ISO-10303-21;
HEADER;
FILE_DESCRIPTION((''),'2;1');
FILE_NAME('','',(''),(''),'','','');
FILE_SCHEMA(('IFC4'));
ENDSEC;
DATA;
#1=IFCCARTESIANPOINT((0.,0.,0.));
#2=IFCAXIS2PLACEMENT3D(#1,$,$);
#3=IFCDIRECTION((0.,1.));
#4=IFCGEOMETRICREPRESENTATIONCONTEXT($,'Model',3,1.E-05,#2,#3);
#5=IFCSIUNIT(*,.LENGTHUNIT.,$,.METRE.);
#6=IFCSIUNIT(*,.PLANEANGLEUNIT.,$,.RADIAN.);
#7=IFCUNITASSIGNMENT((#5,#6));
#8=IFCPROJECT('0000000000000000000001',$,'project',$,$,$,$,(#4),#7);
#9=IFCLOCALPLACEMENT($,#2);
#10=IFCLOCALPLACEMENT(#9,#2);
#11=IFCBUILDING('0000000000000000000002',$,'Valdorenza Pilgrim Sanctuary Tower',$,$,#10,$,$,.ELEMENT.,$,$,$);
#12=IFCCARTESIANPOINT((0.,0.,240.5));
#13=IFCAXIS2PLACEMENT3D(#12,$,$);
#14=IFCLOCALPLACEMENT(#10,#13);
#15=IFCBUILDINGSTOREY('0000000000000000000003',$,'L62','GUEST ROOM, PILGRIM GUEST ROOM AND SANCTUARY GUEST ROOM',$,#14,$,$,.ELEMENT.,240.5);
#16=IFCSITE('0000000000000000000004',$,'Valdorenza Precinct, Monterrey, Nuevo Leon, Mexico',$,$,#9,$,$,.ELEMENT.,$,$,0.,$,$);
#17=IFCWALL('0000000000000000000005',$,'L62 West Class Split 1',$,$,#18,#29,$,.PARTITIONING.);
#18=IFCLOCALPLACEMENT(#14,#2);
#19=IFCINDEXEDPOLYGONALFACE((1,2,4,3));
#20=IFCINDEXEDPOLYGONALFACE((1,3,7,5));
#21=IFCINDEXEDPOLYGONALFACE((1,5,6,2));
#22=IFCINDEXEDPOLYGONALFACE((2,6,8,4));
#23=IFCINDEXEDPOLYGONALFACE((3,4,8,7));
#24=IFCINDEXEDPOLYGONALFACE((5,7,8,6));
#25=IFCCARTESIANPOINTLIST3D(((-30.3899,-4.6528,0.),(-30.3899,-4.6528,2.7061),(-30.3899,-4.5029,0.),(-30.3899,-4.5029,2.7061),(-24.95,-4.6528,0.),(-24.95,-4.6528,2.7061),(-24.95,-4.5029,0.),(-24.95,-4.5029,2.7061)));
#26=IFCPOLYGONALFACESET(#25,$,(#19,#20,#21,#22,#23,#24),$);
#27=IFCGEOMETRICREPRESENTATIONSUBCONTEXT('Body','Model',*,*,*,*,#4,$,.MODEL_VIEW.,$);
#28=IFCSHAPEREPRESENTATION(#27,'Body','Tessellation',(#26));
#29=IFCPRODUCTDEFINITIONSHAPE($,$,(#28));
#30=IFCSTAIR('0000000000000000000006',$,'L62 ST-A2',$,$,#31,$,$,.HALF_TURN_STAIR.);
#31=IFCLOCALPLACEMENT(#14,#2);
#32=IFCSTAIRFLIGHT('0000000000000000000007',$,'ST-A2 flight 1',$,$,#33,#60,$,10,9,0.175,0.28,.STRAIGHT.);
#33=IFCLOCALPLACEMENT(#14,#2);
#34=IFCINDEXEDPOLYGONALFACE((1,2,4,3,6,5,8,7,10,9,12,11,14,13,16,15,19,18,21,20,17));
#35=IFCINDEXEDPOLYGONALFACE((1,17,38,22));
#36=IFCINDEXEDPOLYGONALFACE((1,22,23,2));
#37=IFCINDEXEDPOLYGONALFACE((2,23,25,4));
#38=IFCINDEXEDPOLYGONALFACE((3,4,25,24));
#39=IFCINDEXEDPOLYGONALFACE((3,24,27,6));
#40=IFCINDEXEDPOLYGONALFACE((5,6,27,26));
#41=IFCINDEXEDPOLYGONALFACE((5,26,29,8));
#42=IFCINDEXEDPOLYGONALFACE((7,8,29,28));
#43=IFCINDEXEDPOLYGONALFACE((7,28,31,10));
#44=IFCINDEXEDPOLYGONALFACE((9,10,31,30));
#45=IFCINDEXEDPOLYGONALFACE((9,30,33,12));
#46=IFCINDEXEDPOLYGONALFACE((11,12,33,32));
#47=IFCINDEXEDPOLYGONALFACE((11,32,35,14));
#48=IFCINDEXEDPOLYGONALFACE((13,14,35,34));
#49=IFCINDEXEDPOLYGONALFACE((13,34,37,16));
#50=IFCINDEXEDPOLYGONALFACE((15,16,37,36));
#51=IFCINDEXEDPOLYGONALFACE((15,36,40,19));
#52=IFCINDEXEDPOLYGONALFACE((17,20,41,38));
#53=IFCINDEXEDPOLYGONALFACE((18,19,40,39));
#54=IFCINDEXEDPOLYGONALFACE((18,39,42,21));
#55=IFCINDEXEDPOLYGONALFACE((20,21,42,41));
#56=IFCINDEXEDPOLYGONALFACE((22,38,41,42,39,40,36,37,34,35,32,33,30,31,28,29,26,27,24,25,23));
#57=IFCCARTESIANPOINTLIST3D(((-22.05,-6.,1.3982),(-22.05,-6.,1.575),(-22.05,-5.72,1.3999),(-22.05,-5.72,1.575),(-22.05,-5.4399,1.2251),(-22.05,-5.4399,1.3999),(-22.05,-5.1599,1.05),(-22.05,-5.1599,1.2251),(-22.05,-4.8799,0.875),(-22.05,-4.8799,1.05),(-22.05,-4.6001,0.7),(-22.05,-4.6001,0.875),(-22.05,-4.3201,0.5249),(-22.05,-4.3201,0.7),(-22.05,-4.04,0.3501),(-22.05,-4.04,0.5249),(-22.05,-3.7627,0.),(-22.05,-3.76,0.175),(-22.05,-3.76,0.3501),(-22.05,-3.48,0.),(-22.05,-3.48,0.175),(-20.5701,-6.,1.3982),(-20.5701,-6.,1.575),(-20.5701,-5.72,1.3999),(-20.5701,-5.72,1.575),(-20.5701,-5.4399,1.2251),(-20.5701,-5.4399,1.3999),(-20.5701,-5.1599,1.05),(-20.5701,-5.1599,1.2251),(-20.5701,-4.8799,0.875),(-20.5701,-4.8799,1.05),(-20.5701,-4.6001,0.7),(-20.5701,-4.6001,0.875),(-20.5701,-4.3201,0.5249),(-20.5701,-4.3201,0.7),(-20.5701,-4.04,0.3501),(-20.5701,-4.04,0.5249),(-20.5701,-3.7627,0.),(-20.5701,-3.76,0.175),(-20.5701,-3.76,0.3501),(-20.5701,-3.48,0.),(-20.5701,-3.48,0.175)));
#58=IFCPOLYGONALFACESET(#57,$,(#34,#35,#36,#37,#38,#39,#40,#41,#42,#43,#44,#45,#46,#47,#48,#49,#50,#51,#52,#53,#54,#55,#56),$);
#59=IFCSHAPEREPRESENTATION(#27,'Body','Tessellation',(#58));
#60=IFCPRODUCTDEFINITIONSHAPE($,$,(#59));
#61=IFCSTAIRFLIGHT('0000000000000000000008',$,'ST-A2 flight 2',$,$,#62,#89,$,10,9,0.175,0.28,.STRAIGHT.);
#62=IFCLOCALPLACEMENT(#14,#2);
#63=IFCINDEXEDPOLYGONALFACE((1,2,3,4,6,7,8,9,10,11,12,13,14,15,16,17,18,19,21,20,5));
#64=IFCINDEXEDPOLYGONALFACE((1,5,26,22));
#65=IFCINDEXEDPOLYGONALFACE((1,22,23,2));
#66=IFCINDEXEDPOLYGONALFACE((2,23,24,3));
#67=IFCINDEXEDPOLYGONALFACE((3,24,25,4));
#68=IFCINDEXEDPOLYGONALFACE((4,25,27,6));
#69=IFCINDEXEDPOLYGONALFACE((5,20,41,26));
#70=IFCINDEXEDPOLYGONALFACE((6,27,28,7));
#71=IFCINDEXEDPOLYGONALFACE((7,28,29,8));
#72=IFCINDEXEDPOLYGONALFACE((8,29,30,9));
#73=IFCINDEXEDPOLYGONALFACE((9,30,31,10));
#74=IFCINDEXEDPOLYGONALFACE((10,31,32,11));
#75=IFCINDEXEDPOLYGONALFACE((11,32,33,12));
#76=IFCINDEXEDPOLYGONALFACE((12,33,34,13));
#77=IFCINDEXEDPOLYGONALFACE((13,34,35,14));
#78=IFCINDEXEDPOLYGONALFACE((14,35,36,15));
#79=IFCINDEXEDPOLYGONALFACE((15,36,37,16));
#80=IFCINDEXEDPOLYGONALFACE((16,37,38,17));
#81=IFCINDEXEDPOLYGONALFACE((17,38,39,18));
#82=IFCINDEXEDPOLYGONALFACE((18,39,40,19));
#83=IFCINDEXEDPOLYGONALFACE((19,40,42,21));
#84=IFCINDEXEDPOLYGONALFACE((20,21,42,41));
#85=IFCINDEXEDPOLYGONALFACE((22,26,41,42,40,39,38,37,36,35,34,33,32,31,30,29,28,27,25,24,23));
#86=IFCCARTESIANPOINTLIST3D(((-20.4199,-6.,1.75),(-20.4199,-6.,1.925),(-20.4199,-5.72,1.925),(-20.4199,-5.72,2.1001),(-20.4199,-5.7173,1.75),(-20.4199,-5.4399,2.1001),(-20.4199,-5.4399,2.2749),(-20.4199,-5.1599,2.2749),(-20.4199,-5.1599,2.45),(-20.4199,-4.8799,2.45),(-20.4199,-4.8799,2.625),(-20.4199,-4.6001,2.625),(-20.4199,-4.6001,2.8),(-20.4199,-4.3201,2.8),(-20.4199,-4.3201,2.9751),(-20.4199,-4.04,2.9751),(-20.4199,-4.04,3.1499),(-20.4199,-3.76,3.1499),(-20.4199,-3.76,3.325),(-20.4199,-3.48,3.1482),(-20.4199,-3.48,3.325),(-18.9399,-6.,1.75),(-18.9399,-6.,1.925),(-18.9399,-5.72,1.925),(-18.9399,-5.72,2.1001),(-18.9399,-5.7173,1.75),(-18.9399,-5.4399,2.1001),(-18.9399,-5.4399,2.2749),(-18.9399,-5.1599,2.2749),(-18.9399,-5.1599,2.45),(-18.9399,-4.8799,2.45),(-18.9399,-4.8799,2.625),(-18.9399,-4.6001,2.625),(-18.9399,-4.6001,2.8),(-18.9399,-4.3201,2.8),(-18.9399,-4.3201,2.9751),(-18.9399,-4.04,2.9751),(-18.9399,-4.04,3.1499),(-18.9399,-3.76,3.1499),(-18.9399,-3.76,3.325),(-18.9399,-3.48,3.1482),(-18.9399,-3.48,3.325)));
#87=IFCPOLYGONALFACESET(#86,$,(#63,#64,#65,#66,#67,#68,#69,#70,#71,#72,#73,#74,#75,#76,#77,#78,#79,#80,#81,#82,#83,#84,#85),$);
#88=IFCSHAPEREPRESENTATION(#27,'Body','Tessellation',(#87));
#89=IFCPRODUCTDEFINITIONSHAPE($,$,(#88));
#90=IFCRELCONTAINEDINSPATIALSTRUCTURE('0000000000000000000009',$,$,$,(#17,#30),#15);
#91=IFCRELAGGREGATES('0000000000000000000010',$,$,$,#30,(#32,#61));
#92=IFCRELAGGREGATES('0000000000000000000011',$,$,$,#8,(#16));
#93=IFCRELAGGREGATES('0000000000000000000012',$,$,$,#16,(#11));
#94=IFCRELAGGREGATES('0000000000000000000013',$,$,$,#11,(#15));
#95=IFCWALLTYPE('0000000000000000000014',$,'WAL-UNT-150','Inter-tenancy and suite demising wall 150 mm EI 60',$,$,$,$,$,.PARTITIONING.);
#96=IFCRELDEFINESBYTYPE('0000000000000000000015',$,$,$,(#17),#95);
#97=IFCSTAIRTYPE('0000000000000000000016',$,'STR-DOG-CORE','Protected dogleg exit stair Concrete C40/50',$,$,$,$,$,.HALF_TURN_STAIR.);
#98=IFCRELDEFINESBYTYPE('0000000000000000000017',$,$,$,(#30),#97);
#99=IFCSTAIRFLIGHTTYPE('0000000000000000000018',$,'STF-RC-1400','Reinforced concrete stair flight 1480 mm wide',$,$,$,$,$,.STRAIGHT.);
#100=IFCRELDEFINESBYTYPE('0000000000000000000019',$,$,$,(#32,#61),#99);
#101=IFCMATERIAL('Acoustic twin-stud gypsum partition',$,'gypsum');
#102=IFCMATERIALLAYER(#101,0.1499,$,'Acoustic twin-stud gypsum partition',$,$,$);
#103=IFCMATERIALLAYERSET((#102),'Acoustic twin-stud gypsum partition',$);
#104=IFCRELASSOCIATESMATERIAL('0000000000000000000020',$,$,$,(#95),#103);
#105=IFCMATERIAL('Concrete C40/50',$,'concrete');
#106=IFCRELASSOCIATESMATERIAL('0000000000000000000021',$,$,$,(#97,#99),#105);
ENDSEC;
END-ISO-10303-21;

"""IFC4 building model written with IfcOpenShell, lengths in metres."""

from ifc_helpers import new_model, si_unit, direction, frame, frame_2d, origin, place, context, subcontext, project, spatial, polyline, rectangle, outline, extrude, material, layer, layer_set, type_object, element, aggregate, save


model = new_model("IFC4")

# Units and contexts
model_context = context("Model", 3, precision=1e-05, world=origin(), true_north=direction((0.0, 1.0)))
body_context = subcontext(model_context, "Body", "Model", "MODEL_VIEW")
ifc_project = project(units=[si_unit("LENGTHUNIT", "METRE"), si_unit("PLANEANGLEUNIT", "RADIAN")], contexts=[model_context])

# Site, building, storey
site_placement = place(None, origin())
site = spatial("IfcSite", under=ifc_project, at=site_placement, Name="Valdorenza Precinct, Monterrey, Nuevo Leon, Mexico", CompositionType="ELEMENT", RefElevation=0.0)
building_placement = place(site_placement, origin())
building = spatial("IfcBuilding", under=site, at=building_placement, Name="Valdorenza Pilgrim Sanctuary Tower", CompositionType="ELEMENT")
storey_placement = place(building_placement, frame((0.0, 0.0, 240.5)))
storey = spatial("IfcBuildingStorey", under=building, at=storey_placement, Name="L62", Description="GUEST ROOM, PILGRIM GUEST ROOM AND SANCTUARY GUEST ROOM", CompositionType="ELEMENT", Elevation=240.5)

# Shared definitions
ifc_material_1 = material(Name="Concrete C40/50", Category="concrete")

# Wall
ifc_material_2 = material(Name="Acoustic twin-stud gypsum partition", Category="gypsum")
ifc_layer_1 = layer(ifc_material_2, 0.1499, Name="Acoustic twin-stud gypsum partition")
ifc_layer_set_1 = layer_set([ifc_layer_1], Name="Acoustic twin-stud gypsum partition")
wall_type_1 = type_object("IfcWallType", Name="WAL-UNT-150", Description="Inter-tenancy and suite demising wall 150 mm EI 60", PredefinedType="PARTITIONING", material=ifc_layer_set_1)
wall_1_placement = place(storey_placement, frame((-30.3899, -4.5779, 0.0), z_axis=(0.0, 0.0, 1.0), x_axis=(1.0, 0.0, 0.0)))
element("IfcWall", 1, at=wall_1_placement, inside=storey, type_object=wall_type_1, Name="L62 West Class Split 1", PredefinedType="PARTITIONING", context=body_context, shape_type="SweptSolid", body=[
    extrude(rectangle(XDim=5.4399, YDim=0.1499, at=frame_2d((2.72, 0.0))), origin(), (0.0, 0.0, 1.0), 2.7061),
])

# Stair, stair flights
stair_type = type_object("IfcStairType", Name="STR-DOG-CORE", Description="Protected dogleg exit stair Concrete C40/50", PredefinedType="HALF_TURN_STAIR", material=ifc_material_1)
stair_placement = place(storey_placement, origin())
stair = element("IfcStair", 2, at=stair_placement, inside=storey, type_object=stair_type, Name="L62 ST-A2", PredefinedType="HALF_TURN_STAIR")
stair_flight_type = type_object("IfcStairFlightType", Name="STF-RC-1400", Description="Reinforced concrete stair flight 1480 mm wide", PredefinedType="STRAIGHT", material=ifc_material_1)
stair_flight_1_placement = place(storey_placement, frame((-21.3101, -3.48, 0.0), z_axis=(0.0, 0.0, 1.0), x_axis=(0.0, -1.0, 0.0)))
stair_flight_1 = element("IfcStairFlight", 3, at=stair_flight_1_placement, type_object=stair_flight_type, Name="ST-A2 flight 1", NumberOfRisers=10, NumberOfTreads=9, PredefinedType="STRAIGHT", RiserHeight=0.175, TreadLength=0.28, context=body_context, shape_type="SweptSolid", body=[
    extrude(outline(polyline([(0.0, 0.0), (0.0, 0.175), (0.28, 0.175), (0.28, 0.3501), (0.5601, 0.3501), (0.5601, 0.5249), (0.8401, 0.5249), (0.8401, 0.7), (1.1201, 0.7), (1.1201, 0.875), (1.3999, 0.875), (1.3999, 1.05), (1.6799, 1.05), (1.6799, 1.2251), (1.96, 1.2251), (1.96, 1.3999), (2.24, 1.3999), (2.24, 1.575), (2.52, 1.575), (2.52, 1.75), (2.52, 1.3982), (0.2827, 0.0), (0.0, 0.0)])), frame((0.0, 0.74, 0.0), z_axis=(0.0, -1.0, 0.0), x_axis=(1.0, 0.0, 0.0)), (0.0, 0.0, 1.0), 1.48),
])
stair_flight_2_placement = place(storey_placement, frame((-19.6799, -6.0, 1.75), z_axis=(0.0, 0.0, 1.0), x_axis=(0.0, 1.0, 0.0)))
stair_flight_2 = element("IfcStairFlight", 4, at=stair_flight_2_placement, type_object=stair_flight_type, Name="ST-A2 flight 2", NumberOfRisers=10, NumberOfTreads=9, PredefinedType="STRAIGHT", RiserHeight=0.175, TreadLength=0.28, context=body_context, shape_type="SweptSolid", body=[
    extrude(outline(polyline([(0.0, 0.0), (0.0, 0.175), (0.28, 0.175), (0.28, 0.3501), (0.5601, 0.3501), (0.5601, 0.5249), (0.8401, 0.5249), (0.8401, 0.7), (1.1201, 0.7), (1.1201, 0.875), (1.3999, 0.875), (1.3999, 1.05), (1.6799, 1.05), (1.6799, 1.2251), (1.96, 1.2251), (1.96, 1.3999), (2.24, 1.3999), (2.24, 1.575), (2.52, 1.575), (2.52, 1.75), (2.52, 1.3982), (0.2827, 0.0), (0.0, 0.0)])), frame((0.0, 0.74, 0.0), z_axis=(0.0, -1.0, 0.0), x_axis=(1.0, 0.0, 0.0)), (0.0, 0.0, 1.0), 1.48),
])
aggregate(stair, [stair_flight_1, stair_flight_2])

save(model, "model.ifc")
